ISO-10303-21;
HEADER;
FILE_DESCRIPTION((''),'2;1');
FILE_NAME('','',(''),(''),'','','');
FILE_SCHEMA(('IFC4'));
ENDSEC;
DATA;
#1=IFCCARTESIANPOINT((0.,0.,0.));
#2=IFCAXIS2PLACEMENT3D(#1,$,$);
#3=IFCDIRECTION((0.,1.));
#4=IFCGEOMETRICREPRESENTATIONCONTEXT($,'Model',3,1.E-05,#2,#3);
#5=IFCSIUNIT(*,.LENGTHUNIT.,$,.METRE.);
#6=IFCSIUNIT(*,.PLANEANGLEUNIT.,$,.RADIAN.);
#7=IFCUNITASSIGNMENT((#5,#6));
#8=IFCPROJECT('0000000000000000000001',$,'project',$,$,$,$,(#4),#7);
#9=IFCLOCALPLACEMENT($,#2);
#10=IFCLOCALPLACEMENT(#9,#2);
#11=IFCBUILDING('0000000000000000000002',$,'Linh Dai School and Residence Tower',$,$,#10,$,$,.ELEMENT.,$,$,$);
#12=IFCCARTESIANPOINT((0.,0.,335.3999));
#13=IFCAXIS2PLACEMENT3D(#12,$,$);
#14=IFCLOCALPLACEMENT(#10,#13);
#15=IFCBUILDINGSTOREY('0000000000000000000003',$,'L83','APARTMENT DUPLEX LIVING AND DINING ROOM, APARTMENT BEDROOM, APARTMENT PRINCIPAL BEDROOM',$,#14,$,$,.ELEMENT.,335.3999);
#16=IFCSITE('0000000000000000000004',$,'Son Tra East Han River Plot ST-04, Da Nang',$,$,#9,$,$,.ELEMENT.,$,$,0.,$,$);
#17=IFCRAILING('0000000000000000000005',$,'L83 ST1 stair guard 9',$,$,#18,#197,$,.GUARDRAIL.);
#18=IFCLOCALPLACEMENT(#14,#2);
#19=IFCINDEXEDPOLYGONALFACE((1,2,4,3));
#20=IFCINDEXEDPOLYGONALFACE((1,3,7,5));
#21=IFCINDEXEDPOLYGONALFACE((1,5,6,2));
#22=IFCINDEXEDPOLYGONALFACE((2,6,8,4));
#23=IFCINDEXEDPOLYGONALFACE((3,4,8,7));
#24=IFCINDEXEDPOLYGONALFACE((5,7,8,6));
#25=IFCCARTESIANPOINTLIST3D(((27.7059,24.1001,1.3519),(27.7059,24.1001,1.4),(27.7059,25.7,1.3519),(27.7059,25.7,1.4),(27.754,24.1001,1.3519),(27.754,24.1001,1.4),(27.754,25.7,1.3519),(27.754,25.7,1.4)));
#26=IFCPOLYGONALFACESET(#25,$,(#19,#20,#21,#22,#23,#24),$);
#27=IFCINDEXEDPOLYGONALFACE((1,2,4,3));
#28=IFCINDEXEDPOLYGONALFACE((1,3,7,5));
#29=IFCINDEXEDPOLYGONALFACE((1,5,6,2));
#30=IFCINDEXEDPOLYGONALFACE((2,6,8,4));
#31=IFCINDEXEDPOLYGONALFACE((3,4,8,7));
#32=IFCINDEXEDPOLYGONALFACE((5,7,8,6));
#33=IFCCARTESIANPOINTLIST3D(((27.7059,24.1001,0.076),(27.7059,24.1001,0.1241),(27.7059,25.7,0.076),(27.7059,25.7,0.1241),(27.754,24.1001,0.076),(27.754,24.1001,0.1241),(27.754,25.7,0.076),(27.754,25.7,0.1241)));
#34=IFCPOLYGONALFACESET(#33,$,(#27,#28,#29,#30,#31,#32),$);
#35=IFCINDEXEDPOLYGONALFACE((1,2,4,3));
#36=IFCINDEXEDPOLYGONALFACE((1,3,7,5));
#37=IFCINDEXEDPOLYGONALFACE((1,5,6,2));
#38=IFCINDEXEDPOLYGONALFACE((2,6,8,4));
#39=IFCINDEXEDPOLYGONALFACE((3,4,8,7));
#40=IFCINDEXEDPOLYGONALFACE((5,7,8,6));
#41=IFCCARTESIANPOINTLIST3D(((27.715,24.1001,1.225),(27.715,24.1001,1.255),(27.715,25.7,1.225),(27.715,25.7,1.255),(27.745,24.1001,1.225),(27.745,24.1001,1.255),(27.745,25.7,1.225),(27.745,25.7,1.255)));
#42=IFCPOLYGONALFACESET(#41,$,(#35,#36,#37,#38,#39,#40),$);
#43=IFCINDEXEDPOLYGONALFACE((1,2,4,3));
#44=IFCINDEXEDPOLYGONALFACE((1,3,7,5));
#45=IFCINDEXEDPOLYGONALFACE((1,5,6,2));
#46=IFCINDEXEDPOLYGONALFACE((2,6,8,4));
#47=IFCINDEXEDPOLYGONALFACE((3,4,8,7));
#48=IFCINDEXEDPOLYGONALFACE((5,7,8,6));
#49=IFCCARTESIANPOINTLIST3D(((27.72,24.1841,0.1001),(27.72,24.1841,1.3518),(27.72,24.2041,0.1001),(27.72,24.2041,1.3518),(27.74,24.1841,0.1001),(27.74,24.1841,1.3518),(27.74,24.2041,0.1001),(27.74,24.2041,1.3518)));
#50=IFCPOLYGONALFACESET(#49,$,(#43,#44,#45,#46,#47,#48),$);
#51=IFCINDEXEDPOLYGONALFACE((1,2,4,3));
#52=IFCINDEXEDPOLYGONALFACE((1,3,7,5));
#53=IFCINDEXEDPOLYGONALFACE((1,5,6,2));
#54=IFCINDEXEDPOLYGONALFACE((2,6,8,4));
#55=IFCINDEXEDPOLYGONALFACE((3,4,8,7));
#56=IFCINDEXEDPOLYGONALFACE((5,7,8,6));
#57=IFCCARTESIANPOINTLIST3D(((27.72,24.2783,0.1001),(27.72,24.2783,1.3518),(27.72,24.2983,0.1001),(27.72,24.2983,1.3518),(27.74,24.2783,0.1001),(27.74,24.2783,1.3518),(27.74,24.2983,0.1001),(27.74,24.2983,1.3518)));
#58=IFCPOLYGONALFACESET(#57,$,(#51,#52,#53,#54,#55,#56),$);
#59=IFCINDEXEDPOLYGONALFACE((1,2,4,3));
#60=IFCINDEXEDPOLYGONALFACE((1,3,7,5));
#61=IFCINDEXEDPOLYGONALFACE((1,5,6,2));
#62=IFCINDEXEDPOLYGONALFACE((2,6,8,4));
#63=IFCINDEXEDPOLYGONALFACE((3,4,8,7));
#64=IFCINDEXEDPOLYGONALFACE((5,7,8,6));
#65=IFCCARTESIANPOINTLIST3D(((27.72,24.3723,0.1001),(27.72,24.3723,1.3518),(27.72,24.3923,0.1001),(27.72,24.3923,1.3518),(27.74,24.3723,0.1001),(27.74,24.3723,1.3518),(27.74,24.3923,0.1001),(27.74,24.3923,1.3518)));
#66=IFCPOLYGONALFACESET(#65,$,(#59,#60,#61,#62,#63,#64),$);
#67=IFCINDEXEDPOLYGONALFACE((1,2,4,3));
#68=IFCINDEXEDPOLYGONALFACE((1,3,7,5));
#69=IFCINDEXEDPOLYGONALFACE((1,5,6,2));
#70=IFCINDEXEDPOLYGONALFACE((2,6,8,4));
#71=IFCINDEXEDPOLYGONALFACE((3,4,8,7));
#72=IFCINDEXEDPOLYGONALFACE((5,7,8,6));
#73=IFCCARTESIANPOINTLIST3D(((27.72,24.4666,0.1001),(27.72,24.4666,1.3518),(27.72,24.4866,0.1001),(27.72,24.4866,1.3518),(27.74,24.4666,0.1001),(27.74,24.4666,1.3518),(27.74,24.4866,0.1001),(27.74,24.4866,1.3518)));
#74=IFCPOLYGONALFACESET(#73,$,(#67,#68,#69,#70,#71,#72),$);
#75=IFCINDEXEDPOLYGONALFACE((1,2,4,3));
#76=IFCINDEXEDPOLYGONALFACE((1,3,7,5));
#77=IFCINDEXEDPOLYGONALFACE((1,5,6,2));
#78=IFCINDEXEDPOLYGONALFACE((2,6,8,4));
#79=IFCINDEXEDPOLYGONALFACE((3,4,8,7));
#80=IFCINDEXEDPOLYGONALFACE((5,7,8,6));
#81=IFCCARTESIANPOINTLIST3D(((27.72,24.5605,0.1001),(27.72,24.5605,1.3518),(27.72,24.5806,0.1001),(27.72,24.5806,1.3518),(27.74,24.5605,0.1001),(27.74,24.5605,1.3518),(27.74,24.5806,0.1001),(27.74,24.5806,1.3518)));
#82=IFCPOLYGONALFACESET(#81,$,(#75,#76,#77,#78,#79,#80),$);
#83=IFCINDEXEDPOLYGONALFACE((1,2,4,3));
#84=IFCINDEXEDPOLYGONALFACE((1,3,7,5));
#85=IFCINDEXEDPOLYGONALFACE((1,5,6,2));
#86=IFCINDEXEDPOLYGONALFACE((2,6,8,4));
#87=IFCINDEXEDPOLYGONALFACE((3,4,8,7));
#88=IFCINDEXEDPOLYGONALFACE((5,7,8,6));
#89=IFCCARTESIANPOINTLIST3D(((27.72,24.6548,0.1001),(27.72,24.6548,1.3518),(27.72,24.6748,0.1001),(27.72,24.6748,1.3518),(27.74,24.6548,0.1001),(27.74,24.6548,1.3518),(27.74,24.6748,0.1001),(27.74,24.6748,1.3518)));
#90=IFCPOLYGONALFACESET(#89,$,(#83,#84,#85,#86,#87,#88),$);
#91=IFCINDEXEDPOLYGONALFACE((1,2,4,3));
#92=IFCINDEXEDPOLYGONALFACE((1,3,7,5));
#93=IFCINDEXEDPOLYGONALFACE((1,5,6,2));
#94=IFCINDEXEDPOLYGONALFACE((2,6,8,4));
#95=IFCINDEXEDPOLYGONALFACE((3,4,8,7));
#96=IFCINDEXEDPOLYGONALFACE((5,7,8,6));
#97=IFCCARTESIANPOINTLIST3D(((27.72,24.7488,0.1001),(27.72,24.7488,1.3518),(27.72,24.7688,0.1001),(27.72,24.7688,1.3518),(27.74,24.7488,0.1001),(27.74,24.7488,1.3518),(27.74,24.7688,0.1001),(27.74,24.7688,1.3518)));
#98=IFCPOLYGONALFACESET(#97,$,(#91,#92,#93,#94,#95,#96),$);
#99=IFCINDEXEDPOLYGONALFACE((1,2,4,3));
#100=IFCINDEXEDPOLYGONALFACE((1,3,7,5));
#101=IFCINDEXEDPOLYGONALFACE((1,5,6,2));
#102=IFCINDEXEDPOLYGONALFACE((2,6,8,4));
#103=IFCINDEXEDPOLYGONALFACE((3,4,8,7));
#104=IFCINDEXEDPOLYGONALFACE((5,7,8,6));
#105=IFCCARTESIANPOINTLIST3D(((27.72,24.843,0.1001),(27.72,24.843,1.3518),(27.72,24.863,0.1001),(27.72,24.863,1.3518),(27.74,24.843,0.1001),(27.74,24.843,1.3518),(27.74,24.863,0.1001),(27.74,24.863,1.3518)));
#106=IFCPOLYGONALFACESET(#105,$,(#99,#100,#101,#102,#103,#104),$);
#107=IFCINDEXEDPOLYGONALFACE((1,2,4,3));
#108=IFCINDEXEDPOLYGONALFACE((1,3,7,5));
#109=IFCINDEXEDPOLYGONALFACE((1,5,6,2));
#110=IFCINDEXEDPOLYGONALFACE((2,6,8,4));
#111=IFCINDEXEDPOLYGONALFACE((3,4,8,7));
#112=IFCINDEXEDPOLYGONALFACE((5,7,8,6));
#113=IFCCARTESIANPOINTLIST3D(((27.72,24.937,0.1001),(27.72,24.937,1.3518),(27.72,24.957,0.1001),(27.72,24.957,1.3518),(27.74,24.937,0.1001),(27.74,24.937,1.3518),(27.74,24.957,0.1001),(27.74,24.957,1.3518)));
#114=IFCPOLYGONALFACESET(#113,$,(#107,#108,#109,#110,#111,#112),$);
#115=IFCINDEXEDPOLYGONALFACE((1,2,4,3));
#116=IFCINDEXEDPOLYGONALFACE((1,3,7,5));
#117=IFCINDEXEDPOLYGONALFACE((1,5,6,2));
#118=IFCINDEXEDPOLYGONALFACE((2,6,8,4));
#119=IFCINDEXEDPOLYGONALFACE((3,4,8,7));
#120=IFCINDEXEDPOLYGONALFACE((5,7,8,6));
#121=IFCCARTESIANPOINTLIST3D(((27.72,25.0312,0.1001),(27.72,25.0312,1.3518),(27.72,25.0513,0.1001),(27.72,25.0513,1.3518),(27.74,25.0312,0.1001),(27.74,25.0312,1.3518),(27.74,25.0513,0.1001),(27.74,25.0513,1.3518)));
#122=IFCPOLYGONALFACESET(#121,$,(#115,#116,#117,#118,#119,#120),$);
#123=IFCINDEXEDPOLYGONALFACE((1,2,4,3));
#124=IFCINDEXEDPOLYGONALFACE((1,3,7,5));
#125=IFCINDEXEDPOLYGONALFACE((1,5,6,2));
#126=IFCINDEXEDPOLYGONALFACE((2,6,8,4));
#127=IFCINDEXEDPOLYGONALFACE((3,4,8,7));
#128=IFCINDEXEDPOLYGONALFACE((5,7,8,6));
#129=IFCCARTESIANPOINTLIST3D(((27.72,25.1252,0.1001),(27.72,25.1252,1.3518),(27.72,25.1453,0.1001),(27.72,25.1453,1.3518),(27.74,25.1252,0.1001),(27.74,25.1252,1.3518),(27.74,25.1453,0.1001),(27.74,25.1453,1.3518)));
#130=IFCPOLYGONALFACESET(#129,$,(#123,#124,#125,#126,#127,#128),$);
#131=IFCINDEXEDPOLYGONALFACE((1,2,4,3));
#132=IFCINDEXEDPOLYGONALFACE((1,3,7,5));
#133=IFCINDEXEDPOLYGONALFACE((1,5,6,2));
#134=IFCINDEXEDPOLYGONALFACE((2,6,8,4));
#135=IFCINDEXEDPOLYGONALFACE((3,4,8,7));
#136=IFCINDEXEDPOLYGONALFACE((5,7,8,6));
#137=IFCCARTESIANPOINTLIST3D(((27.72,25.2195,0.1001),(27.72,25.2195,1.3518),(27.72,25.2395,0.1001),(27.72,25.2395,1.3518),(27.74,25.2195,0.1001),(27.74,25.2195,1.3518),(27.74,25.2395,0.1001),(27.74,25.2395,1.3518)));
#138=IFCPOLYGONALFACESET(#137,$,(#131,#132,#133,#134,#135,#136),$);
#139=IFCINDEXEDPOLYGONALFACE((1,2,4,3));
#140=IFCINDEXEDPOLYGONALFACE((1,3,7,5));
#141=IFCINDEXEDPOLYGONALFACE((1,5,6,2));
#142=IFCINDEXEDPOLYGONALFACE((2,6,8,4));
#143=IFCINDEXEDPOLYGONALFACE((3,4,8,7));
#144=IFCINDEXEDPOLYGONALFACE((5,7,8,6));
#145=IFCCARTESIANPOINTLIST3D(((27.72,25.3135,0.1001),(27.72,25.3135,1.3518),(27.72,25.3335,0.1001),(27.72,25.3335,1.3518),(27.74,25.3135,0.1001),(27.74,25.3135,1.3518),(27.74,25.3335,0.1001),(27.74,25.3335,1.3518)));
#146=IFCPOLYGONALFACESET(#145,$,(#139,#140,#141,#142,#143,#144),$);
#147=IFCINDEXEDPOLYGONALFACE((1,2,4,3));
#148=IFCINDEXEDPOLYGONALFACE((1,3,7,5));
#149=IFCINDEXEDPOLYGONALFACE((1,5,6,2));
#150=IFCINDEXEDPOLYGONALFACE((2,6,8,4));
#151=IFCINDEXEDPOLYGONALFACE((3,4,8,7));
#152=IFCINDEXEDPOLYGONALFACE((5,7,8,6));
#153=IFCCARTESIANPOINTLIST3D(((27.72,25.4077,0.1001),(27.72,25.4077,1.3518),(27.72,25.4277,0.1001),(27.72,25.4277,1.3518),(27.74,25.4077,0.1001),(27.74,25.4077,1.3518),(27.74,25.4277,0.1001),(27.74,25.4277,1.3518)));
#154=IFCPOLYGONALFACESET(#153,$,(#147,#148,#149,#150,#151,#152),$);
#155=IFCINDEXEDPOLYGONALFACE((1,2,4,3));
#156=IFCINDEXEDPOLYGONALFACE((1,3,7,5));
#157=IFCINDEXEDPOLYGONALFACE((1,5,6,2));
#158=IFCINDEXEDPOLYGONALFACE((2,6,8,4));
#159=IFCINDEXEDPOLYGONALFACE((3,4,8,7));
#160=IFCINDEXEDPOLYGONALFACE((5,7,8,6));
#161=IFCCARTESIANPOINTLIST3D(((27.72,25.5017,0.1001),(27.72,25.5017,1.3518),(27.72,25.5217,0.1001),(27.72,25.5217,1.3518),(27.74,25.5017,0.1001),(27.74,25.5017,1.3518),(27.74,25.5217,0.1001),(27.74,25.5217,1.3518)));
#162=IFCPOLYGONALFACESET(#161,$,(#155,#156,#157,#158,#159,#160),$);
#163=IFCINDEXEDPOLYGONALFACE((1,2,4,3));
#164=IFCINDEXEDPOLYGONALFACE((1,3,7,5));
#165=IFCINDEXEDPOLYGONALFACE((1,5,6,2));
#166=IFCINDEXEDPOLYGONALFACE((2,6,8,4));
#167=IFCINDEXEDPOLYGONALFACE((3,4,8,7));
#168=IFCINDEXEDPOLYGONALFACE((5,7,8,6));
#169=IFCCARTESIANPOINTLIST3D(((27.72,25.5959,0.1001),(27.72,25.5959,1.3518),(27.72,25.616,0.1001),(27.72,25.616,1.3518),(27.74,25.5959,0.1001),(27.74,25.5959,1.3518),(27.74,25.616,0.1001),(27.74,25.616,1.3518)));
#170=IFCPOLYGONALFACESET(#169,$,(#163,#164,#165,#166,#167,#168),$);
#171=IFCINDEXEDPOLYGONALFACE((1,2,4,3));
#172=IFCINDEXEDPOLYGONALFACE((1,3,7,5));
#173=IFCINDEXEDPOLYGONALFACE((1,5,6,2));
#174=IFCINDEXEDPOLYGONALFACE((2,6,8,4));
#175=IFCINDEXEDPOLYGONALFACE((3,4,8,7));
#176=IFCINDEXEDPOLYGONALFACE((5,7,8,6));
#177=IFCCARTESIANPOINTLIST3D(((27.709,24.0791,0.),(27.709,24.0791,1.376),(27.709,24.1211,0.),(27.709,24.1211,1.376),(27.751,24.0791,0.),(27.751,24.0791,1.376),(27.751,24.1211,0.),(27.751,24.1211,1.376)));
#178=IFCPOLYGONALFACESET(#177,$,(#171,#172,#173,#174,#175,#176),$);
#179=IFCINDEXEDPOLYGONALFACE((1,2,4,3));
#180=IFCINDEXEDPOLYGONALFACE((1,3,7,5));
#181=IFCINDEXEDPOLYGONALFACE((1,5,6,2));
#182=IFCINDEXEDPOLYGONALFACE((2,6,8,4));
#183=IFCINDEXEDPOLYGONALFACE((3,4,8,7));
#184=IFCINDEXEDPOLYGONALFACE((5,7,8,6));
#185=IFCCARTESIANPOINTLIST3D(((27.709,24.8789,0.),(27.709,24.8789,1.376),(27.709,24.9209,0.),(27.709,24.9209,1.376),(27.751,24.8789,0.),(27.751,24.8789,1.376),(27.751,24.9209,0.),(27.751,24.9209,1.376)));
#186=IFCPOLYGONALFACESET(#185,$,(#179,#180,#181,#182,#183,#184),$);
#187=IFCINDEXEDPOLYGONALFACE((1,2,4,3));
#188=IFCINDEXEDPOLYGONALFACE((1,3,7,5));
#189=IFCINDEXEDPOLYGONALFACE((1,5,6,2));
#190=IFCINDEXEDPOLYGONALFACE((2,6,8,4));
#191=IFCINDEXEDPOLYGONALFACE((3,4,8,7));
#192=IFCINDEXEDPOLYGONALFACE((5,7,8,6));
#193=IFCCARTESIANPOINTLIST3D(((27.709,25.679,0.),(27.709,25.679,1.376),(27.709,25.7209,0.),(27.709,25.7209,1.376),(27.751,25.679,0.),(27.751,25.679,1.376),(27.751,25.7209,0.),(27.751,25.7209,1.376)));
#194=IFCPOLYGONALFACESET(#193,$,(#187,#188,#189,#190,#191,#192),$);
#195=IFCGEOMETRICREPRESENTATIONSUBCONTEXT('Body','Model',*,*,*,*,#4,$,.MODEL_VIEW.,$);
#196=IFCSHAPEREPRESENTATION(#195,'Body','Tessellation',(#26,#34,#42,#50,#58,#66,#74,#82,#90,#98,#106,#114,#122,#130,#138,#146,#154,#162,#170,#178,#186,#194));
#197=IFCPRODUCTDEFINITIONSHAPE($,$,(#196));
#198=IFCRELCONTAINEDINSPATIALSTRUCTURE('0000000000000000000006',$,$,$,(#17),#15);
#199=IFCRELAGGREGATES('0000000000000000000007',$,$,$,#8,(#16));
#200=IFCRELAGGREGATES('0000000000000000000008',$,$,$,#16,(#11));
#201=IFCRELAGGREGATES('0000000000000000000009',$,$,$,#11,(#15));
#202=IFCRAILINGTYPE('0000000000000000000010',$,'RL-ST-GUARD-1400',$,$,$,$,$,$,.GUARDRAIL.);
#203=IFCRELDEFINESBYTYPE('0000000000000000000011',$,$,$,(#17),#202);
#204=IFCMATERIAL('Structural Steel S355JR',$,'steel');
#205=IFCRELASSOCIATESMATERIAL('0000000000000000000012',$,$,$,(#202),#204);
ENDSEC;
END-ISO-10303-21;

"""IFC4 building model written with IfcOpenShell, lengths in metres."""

from ifc_helpers import new_model, si_unit, direction, frame, origin, origin_2d, place, context, subcontext, project, spatial, rectangle, extrude, source, transform, mapped, material, type_object, element, save


model = new_model("IFC4")

# Units and contexts
model_context = context("Model", 3, precision=1e-05, world=origin(), true_north=direction((0.0, 1.0)))
body_context = subcontext(model_context, "Body", "Model", "MODEL_VIEW")
ifc_project = project(units=[si_unit("LENGTHUNIT", "METRE"), si_unit("PLANEANGLEUNIT", "RADIAN")], contexts=[model_context])

# Site, building, storey
site_placement = place(None, origin())
site = spatial("IfcSite", under=ifc_project, at=site_placement, Name="Son Tra East Han River Plot ST-04, Da Nang", CompositionType="ELEMENT", RefElevation=0.0)
building_placement = place(site_placement, origin())
building = spatial("IfcBuilding", under=site, at=building_placement, Name="Linh Dai School and Residence Tower", CompositionType="ELEMENT")
storey_placement = place(building_placement, frame((0.0, 0.0, 335.3999)))
storey = spatial("IfcBuildingStorey", under=building, at=storey_placement, Name="L83", Description="APARTMENT DUPLEX LIVING AND DINING ROOM, APARTMENT BEDROOM, APARTMENT PRINCIPAL BEDROOM", CompositionType="ELEMENT", Elevation=335.3999)

# Shared definitions
ifc_material_1 = material(Name="Structural Steel S355JR", Category="steel")

# Railing
railing_type_1 = type_object("IfcRailingType", Name="RL-ST-GUARD-1400", PredefinedType="GUARDRAIL", material=ifc_material_1)
shared_shape_1 = source(origin(), body_context, "Body", "SweptSolid", [
    extrude(rectangle(XDim=0.0481, YDim=0.0481, at=origin_2d()), frame((0.0, 0.0, 1.376), z_axis=(0.0, 1.0, 0.0), x_axis=(-1.0, 0.0, 0.0)), (0.0, 0.0, 1.0), 1.5999),
    extrude(rectangle(XDim=0.0481, YDim=0.0481, at=origin_2d()), frame((0.0, 0.0, 0.1001), z_axis=(0.0, 1.0, 0.0), x_axis=(-1.0, 0.0, 0.0)), (0.0, 0.0, 1.0), 1.5999),
    extrude(rectangle(XDim=0.03, YDim=0.03, at=origin_2d()), frame((0.0, 0.0, 1.24), z_axis=(0.0, 1.0, 0.0), x_axis=(-1.0, 0.0, 0.0)), (0.0, 0.0, 1.0), 1.5999),
    extrude(rectangle(XDim=0.02, YDim=0.02, at=origin_2d()), frame((0.0, 0.094, 0.1001)), (0.0, 0.0, 1.0), 1.2517),
    extrude(rectangle(XDim=0.02, YDim=0.02, at=origin_2d()), frame((0.0, 0.1882, 0.1001)), (0.0, 0.0, 1.0), 1.2517),
    extrude(rectangle(XDim=0.02, YDim=0.02, at=origin_2d()), frame((0.0, 0.2822, 0.1001)), (0.0, 0.0, 1.0), 1.2517),
    extrude(rectangle(XDim=0.02, YDim=0.02, at=origin_2d()), frame((0.0, 0.3765, 0.1001)), (0.0, 0.0, 1.0), 1.2517),
    extrude(rectangle(XDim=0.02, YDim=0.02, at=origin_2d()), frame((0.0, 0.4705, 0.1001)), (0.0, 0.0, 1.0), 1.2517),
    extrude(rectangle(XDim=0.02, YDim=0.02, at=origin_2d()), frame((0.0, 0.5647, 0.1001)), (0.0, 0.0, 1.0), 1.2517),
    extrude(rectangle(XDim=0.02, YDim=0.02, at=origin_2d()), frame((0.0, 0.6587, 0.1001)), (0.0, 0.0, 1.0), 1.2517),
    extrude(rectangle(XDim=0.02, YDim=0.02, at=origin_2d()), frame((0.0, 0.7529, 0.1001)), (0.0, 0.0, 1.0), 1.2517),
    extrude(rectangle(XDim=0.02, YDim=0.02, at=origin_2d()), frame((0.0, 0.8469, 0.1001)), (0.0, 0.0, 1.0), 1.2517),
    extrude(rectangle(XDim=0.02, YDim=0.02, at=origin_2d()), frame((0.0, 0.9412, 0.1001)), (0.0, 0.0, 1.0), 1.2517),
    extrude(rectangle(XDim=0.02, YDim=0.02, at=origin_2d()), frame((0.0, 1.0352, 0.1001)), (0.0, 0.0, 1.0), 1.2517),
    extrude(rectangle(XDim=0.02, YDim=0.02, at=origin_2d()), frame((0.0, 1.1294, 0.1001)), (0.0, 0.0, 1.0), 1.2517),
    extrude(rectangle(XDim=0.02, YDim=0.02, at=origin_2d()), frame((0.0, 1.2234, 0.1001)), (0.0, 0.0, 1.0), 1.2517),
    extrude(rectangle(XDim=0.02, YDim=0.02, at=origin_2d()), frame((0.0, 1.3176, 0.1001)), (0.0, 0.0, 1.0), 1.2517),
    extrude(rectangle(XDim=0.02, YDim=0.02, at=origin_2d()), frame((0.0, 1.4116, 0.1001)), (0.0, 0.0, 1.0), 1.2517),
    extrude(rectangle(XDim=0.02, YDim=0.02, at=origin_2d()), frame((0.0, 1.5059, 0.1001)), (0.0, 0.0, 1.0), 1.2517),
    extrude(rectangle(XDim=0.042, YDim=0.042, at=origin_2d()), origin(), (0.0, 0.0, 1.0), 1.376),
    extrude(rectangle(XDim=0.042, YDim=0.042, at=origin_2d()), frame((0.0, 0.7998, 0.0)), (0.0, 0.0, 1.0), 1.376),
    extrude(rectangle(XDim=0.042, YDim=0.042, at=origin_2d()), frame((0.0, 1.5999, 0.0)), (0.0, 0.0, 1.0), 1.376),
])
for number, where, name in (
    (1, (27.73, 24.1001, 0.0), "L83 ST1 stair guard 9"),
):
    element("IfcRailing", number, at=place(storey_placement, frame(where)), inside=storey, type_object=railing_type_1, Name=name, PredefinedType="GUARDRAIL", context=body_context, shape_type="MappedRepresentation", body=[
        mapped(shared_shape_1, transform((0.0, 0.0, 0.0), x_axis=(1.0, 0.0, 0.0), y_axis=(0.0, 1.0, 0.0), z_axis=(0.0, 0.0, 1.0), scale=1.0)),
    ])

save(model, "model.ifc")
